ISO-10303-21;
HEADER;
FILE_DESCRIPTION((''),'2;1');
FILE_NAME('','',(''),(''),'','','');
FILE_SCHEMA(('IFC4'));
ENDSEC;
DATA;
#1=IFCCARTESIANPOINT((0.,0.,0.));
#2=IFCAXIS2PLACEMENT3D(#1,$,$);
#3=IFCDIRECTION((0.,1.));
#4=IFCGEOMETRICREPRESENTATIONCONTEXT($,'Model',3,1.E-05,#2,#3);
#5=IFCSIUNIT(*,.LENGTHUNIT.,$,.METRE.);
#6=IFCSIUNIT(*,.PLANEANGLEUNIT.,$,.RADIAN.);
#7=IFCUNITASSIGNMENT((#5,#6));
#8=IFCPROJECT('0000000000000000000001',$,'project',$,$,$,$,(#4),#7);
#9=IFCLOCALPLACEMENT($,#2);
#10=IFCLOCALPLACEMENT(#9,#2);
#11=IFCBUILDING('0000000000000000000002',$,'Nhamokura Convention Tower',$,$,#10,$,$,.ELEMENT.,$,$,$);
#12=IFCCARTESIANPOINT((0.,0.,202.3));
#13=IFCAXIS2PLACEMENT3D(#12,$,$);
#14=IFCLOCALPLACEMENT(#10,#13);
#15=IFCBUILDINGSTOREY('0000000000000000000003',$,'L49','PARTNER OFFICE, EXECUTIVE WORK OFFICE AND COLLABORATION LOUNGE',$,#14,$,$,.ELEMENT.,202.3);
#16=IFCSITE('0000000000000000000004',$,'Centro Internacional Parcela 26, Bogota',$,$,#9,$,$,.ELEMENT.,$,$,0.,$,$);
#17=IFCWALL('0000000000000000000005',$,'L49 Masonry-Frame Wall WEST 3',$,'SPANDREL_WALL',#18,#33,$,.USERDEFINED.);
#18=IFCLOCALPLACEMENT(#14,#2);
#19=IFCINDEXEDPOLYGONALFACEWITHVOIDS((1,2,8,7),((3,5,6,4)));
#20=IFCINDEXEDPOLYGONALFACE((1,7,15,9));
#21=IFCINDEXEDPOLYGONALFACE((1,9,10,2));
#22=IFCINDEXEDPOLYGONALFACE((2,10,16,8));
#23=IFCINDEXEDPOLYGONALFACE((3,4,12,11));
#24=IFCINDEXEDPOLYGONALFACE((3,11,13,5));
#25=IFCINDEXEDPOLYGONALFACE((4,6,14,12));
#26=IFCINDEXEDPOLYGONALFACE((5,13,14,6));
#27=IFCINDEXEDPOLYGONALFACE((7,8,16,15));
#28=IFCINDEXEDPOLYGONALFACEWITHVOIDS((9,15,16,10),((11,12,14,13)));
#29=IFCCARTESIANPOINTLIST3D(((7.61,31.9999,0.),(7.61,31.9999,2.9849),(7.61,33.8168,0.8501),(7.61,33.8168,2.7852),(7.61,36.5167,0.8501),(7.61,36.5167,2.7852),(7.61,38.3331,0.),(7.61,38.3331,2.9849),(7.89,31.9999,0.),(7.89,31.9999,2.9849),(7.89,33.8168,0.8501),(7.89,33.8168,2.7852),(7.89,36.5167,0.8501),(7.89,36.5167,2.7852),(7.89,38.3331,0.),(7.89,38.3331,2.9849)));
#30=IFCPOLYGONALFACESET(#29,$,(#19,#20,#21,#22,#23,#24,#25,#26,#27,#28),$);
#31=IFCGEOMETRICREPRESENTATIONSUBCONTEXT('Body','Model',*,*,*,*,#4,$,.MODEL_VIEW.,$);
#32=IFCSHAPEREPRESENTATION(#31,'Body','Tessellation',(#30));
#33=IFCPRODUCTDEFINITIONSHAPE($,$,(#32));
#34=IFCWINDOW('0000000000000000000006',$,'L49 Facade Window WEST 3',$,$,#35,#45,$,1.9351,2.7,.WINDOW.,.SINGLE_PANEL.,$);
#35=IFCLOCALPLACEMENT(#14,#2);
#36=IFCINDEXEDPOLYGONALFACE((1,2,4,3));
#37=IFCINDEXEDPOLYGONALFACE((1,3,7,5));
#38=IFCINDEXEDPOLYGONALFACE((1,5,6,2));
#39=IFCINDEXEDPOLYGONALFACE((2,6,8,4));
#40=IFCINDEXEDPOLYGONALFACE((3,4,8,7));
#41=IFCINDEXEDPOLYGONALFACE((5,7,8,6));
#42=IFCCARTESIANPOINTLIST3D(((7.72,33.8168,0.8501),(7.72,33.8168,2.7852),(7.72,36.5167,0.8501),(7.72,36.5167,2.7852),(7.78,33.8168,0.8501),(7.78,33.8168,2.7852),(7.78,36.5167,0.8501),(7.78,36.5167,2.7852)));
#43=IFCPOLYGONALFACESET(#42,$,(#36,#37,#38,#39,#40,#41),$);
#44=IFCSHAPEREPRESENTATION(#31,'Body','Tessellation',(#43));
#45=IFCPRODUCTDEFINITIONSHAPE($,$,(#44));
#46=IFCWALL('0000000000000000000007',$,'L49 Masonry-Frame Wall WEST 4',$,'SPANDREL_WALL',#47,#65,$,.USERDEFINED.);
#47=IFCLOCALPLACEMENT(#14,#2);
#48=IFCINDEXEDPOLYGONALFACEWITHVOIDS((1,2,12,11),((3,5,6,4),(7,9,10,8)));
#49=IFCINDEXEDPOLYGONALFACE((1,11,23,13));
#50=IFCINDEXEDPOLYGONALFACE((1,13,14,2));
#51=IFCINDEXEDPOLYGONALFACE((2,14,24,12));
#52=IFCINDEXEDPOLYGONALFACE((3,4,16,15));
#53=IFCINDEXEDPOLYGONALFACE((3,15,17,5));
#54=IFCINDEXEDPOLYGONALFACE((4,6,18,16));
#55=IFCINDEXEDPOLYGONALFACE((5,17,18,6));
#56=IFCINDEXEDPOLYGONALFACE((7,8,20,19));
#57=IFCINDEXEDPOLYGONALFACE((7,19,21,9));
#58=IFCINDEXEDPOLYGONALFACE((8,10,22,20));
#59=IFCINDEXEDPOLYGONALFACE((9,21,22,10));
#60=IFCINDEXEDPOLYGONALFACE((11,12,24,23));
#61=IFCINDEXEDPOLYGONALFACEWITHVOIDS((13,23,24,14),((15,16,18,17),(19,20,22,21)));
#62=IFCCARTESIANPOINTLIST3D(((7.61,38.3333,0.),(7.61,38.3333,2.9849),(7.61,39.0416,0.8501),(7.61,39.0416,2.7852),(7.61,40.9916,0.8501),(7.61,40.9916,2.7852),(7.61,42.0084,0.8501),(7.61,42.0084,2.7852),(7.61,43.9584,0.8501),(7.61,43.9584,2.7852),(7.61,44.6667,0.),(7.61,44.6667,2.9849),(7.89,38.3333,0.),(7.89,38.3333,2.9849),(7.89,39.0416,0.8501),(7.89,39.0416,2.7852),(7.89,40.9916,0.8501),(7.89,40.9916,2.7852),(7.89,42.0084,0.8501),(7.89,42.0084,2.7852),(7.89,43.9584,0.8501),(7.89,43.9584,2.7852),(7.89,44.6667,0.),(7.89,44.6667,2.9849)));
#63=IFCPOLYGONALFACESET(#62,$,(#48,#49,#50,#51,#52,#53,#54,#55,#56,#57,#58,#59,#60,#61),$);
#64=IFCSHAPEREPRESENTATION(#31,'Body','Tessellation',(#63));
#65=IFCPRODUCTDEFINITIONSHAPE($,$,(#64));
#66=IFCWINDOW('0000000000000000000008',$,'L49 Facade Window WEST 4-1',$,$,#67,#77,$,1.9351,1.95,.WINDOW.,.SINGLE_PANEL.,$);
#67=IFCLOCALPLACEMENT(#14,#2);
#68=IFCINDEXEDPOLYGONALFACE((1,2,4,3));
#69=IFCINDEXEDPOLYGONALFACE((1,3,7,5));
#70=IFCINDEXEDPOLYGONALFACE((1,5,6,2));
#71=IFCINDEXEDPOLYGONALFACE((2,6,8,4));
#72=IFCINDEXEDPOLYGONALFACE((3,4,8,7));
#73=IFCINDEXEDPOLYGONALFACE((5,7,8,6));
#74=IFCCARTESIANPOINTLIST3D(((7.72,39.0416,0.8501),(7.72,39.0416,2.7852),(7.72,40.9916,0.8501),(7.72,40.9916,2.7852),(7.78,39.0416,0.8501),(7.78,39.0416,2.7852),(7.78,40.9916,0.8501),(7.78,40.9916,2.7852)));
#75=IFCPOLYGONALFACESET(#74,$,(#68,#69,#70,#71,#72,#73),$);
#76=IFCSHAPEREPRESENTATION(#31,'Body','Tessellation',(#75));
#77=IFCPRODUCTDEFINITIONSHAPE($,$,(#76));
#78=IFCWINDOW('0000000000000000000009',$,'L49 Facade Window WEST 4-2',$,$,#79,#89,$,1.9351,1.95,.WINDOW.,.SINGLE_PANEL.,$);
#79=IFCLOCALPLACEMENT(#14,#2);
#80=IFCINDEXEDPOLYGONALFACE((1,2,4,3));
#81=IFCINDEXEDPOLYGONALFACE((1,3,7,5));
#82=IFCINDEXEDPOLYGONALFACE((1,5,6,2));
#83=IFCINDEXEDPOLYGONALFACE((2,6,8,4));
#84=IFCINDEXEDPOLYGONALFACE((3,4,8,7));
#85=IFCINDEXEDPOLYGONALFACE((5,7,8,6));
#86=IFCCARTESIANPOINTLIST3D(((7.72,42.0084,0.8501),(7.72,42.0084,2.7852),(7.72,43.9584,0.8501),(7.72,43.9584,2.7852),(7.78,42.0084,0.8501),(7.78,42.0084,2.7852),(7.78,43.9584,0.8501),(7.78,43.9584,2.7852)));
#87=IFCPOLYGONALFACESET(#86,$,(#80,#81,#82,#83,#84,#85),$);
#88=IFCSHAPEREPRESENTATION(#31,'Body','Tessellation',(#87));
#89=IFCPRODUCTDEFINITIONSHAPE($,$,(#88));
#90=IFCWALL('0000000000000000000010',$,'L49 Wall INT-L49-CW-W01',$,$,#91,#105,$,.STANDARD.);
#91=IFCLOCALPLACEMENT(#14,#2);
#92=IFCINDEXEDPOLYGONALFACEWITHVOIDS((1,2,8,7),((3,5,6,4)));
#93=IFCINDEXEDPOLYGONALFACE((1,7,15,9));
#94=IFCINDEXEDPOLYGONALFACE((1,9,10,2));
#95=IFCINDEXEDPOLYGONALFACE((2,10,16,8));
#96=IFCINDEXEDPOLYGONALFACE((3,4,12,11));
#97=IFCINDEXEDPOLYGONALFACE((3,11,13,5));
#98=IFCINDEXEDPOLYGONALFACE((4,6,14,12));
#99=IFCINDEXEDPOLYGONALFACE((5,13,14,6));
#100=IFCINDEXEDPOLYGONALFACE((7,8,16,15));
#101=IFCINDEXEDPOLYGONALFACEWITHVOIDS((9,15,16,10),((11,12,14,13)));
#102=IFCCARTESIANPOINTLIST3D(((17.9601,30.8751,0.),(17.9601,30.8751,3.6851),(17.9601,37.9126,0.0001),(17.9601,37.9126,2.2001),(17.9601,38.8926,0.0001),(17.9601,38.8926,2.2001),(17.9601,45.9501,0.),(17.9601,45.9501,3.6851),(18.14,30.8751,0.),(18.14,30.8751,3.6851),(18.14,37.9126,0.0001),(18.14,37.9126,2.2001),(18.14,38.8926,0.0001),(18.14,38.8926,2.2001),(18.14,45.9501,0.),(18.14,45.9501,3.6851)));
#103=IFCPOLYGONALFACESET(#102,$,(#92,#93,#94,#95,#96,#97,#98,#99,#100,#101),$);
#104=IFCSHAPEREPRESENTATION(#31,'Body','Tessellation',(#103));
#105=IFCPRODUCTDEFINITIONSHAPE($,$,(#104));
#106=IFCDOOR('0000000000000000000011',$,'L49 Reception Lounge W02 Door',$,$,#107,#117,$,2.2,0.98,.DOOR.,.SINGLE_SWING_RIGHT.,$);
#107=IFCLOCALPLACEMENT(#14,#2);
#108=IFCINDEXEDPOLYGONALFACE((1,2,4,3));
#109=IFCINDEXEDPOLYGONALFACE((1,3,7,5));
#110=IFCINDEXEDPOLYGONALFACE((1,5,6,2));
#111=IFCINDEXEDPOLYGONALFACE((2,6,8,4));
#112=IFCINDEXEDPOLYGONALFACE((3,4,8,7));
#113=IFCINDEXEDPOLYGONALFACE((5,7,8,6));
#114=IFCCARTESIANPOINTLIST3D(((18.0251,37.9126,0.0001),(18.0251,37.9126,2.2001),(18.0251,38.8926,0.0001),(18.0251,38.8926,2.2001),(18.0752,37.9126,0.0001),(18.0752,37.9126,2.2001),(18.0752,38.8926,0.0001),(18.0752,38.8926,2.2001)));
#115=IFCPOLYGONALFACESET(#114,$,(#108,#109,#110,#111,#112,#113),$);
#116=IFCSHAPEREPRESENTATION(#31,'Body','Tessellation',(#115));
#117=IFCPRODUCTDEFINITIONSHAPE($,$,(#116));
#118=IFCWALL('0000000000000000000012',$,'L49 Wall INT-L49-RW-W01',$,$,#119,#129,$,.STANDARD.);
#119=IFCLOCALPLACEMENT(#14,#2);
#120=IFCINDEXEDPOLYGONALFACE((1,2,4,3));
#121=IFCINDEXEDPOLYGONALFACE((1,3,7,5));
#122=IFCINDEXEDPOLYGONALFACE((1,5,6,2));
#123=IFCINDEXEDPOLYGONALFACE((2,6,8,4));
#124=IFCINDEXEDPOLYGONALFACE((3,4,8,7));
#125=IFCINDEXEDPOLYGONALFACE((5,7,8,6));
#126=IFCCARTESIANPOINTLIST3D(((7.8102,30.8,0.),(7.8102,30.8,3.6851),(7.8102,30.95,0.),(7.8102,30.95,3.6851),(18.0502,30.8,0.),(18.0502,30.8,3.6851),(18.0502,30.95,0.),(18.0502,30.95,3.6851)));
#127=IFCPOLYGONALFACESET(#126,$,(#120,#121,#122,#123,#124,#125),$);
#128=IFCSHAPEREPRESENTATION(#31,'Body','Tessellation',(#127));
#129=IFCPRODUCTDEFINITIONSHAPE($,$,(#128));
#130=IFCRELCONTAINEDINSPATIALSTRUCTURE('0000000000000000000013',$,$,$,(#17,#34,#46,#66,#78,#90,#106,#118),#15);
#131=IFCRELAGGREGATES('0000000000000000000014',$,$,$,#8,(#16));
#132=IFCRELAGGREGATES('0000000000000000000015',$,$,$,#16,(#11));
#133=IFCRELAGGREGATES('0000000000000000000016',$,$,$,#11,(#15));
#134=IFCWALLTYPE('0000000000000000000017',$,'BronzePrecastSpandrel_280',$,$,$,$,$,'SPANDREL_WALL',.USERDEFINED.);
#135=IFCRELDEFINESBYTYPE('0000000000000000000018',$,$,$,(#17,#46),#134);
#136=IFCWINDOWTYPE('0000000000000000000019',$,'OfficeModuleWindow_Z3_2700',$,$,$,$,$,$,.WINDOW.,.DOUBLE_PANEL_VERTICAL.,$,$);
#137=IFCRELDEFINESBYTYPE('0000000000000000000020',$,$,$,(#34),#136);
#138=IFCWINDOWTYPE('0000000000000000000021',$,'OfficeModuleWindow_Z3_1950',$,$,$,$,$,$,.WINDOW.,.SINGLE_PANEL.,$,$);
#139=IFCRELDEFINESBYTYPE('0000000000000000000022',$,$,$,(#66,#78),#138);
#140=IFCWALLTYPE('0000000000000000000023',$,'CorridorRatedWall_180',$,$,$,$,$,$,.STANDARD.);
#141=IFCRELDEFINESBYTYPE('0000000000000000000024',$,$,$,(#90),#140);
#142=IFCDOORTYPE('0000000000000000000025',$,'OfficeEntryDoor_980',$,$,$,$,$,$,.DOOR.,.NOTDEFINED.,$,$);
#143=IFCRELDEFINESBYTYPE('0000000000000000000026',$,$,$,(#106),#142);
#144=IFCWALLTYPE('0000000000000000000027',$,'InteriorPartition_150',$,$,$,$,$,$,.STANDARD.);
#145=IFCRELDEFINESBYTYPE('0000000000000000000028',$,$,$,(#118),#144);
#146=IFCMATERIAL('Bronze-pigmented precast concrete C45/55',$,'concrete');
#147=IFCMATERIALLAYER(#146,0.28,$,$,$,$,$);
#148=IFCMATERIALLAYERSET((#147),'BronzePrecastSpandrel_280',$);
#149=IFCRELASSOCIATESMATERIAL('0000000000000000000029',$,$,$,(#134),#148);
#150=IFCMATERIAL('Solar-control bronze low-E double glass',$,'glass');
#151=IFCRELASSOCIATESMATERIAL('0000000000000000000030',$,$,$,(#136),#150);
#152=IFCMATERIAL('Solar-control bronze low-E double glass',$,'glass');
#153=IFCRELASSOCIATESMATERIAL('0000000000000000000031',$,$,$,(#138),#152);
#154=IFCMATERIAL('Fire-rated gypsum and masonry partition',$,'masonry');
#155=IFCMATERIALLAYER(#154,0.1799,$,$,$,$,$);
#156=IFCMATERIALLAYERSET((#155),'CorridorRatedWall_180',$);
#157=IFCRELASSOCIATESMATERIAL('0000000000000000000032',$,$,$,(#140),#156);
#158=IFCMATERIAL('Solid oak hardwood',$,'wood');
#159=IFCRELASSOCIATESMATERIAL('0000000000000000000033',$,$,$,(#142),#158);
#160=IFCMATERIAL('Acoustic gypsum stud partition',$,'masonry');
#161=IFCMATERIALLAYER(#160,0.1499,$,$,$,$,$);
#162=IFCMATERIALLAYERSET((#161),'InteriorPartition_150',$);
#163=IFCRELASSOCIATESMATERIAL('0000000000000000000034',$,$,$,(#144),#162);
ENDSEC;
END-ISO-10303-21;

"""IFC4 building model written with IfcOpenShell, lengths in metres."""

from ifc_helpers import new_model, si_unit, direction, frame, frame_2d, origin, place, context, subcontext, project, spatial, rectangle, extrude, material, layer, layer_set, type_object, element, fill, save


model = new_model("IFC4")

# Units and contexts
model_context = context("Model", 3, precision=1e-05, world=origin(), true_north=direction((0.0, 1.0)))
body_context = subcontext(model_context, "Body", "Model", "MODEL_VIEW")
ifc_project = project(units=[si_unit("LENGTHUNIT", "METRE"), si_unit("PLANEANGLEUNIT", "RADIAN")], contexts=[model_context])

# Site, building, storey
site_placement = place(None, origin())
site = spatial("IfcSite", under=ifc_project, at=site_placement, Name="Centro Internacional Parcela 26, Bogota", CompositionType="ELEMENT", RefElevation=0.0)
building_placement = place(site_placement, origin())
building = spatial("IfcBuilding", under=site, at=building_placement, Name="Nhamokura Convention Tower", CompositionType="ELEMENT")
storey_placement = place(building_placement, frame((0.0, 0.0, 202.3)))
storey = spatial("IfcBuildingStorey", under=building, at=storey_placement, Name="L49", Description="PARTNER OFFICE, EXECUTIVE WORK OFFICE AND COLLABORATION LOUNGE", CompositionType="ELEMENT", Elevation=202.3)

# Wall, opening, window
ifc_material_1 = material(Name="Bronze-pigmented precast concrete C45/55", Category="concrete")
ifc_layer_1 = layer(ifc_material_1, 0.28)
ifc_layer_set_1 = layer_set([ifc_layer_1], Name="BronzePrecastSpandrel_280")
wall_type_1 = type_object("IfcWallType", Name="BronzePrecastSpandrel_280", ElementType="SPANDREL_WALL", PredefinedType="USERDEFINED", material=ifc_layer_set_1)
wall_1_placement = place(storey_placement, frame((7.75, 32.0, 0.0), z_axis=(0.0, 0.0, 1.0), x_axis=(0.0, 1.0, 0.0)))
wall_1 = element("IfcWall", 1, at=wall_1_placement, inside=storey, type_object=wall_type_1, Name="L49 Masonry-Frame Wall WEST 3", ObjectType="SPANDREL_WALL", PredefinedType="USERDEFINED", context=body_context, shape_type="SweptSolid", body=[
    extrude(rectangle(XDim=6.3333, YDim=0.28, at=frame_2d((3.1665, 0.0))), origin(), (0.0, 0.0, 1.0), 2.9849),
])
opening_1_placement = place(wall_1_placement, frame((1.8167, 0.0, 0.8501)))
opening_1 = element("IfcOpeningElement", 2, at=opening_1_placement, cuts=wall_1, PredefinedType="OPENING", context=body_context, shape_type="SweptSolid", body=[
    extrude(rectangle(XDim=2.7, YDim=1.9351, at=frame_2d((1.3501, 0.9675))), frame((0.0, 0.1499, 0.0), z_axis=(0.0, -1.0, 0.0), x_axis=(1.0, 0.0, 0.0)), (0.0, 0.0, 1.0), 0.3),
])
ifc_material_2 = material(Name="Solar-control bronze low-E double glass", Category="glass")
window_type_1 = type_object("IfcWindowType", Name="OfficeModuleWindow_Z3_2700", PartitioningType="DOUBLE_PANEL_VERTICAL", PredefinedType="WINDOW", material=ifc_material_2)
window_1_placement = place(opening_1_placement, origin())
window_1 = element("IfcWindow", 3, at=window_1_placement, inside=storey, type_object=window_type_1, Name="L49 Facade Window WEST 3", OverallHeight=1.9351, OverallWidth=2.7, PartitioningType="SINGLE_PANEL", PredefinedType="WINDOW", context=body_context, shape_type="SweptSolid", body=[
    extrude(rectangle(XDim=2.7, YDim=1.9351, at=frame_2d((1.3501, 0.9675))), frame((0.0, 0.03, 0.0), z_axis=(0.0, -1.0, 0.0), x_axis=(1.0, 0.0, 0.0)), (0.0, 0.0, 1.0), 0.0601),
])
fill(opening_1, window_1)

# Wall, openings, windows
wall_2_placement = place(storey_placement, frame((7.75, 38.3333, 0.0), z_axis=(0.0, 0.0, 1.0), x_axis=(0.0, 1.0, 0.0)))
wall_2 = element("IfcWall", 4, at=wall_2_placement, inside=storey, type_object=wall_type_1, Name="L49 Masonry-Frame Wall WEST 4", ObjectType="SPANDREL_WALL", PredefinedType="USERDEFINED", context=body_context, shape_type="SweptSolid", body=[
    extrude(rectangle(XDim=6.3335, YDim=0.28, at=frame_2d((3.1667, 0.0))), origin(), (0.0, 0.0, 1.0), 2.9849),
])
opening_2_placement = place(wall_2_placement, frame((0.7083, 0.0, 0.8501)))
opening_2 = element("IfcOpeningElement", 5, at=opening_2_placement, cuts=wall_2, PredefinedType="OPENING", context=body_context, shape_type="SweptSolid", body=[
    extrude(rectangle(XDim=1.95, YDim=1.9351, at=frame_2d((0.9751, 0.9675))), frame((0.0, 0.1499, 0.0), z_axis=(0.0, -1.0, 0.0), x_axis=(1.0, 0.0, 0.0)), (0.0, 0.0, 1.0), 0.3),
])
opening_3_placement = place(wall_2_placement, frame((3.675, 0.0, 0.8501)))
opening_3 = element("IfcOpeningElement", 6, at=opening_3_placement, cuts=wall_2, PredefinedType="OPENING", context=body_context, shape_type="SweptSolid", body=[
    extrude(rectangle(XDim=1.95, YDim=1.9351, at=frame_2d((0.9751, 0.9675))), frame((0.0, 0.1499, 0.0), z_axis=(0.0, -1.0, 0.0), x_axis=(1.0, 0.0, 0.0)), (0.0, 0.0, 1.0), 0.3),
])
ifc_material_3 = material(Name="Solar-control bronze low-E double glass", Category="glass")
window_type_2 = type_object("IfcWindowType", Name="OfficeModuleWindow_Z3_1950", PartitioningType="SINGLE_PANEL", PredefinedType="WINDOW", material=ifc_material_3)
window_2_placement = place(opening_2_placement, origin())
window_2 = element("IfcWindow", 7, at=window_2_placement, inside=storey, type_object=window_type_2, Name="L49 Facade Window WEST 4-1", OverallHeight=1.9351, OverallWidth=1.95, PartitioningType="SINGLE_PANEL", PredefinedType="WINDOW", context=body_context, shape_type="SweptSolid", body=[
    extrude(rectangle(XDim=1.95, YDim=1.9351, at=frame_2d((0.9751, 0.9675))), frame((0.0, 0.03, 0.0), z_axis=(0.0, -1.0, 0.0), x_axis=(1.0, 0.0, 0.0)), (0.0, 0.0, 1.0), 0.0601),
])
fill(opening_2, window_2)
window_3_placement = place(opening_3_placement, origin())
window_3 = element("IfcWindow", 8, at=window_3_placement, inside=storey, type_object=window_type_2, Name="L49 Facade Window WEST 4-2", OverallHeight=1.9351, OverallWidth=1.95, PartitioningType="SINGLE_PANEL", PredefinedType="WINDOW", context=body_context, shape_type="SweptSolid", body=[
    extrude(rectangle(XDim=1.95, YDim=1.9351, at=frame_2d((0.9751, 0.9675))), frame((0.0, 0.03, 0.0), z_axis=(0.0, -1.0, 0.0), x_axis=(1.0, 0.0, 0.0)), (0.0, 0.0, 1.0), 0.0601),
])
fill(opening_3, window_3)

# Wall, opening, door
ifc_material_4 = material(Name="Fire-rated gypsum and masonry partition", Category="masonry")
ifc_layer_2 = layer(ifc_material_4, 0.1799)
ifc_layer_set_2 = layer_set([ifc_layer_2], Name="CorridorRatedWall_180")
wall_type_2 = type_object("IfcWallType", Name="CorridorRatedWall_180", PredefinedType="STANDARD", material=ifc_layer_set_2)
wall_3_placement = place(storey_placement, frame((18.05, 30.875, 0.0), z_axis=(0.0, 0.0, 1.0), x_axis=(0.0, 1.0, 0.0)))
wall_3 = element("IfcWall", 9, at=wall_3_placement, inside=storey, type_object=wall_type_2, Name="L49 Wall INT-L49-CW-W01", PredefinedType="STANDARD", context=body_context, shape_type="SweptSolid", body=[
    extrude(rectangle(XDim=15.075, YDim=0.1799, at=frame_2d((7.5376, 0.0))), origin(), (0.0, 0.0, 1.0), 3.6851),
])
opening_4_placement = place(wall_3_placement, frame((7.0376, 0.0, 0.0)))
opening_4 = element("IfcOpeningElement", 10, at=opening_4_placement, cuts=wall_3, PredefinedType="OPENING", context=body_context, shape_type="SweptSolid", body=[
    extrude(rectangle(XDim=0.98, YDim=2.2, at=frame_2d((0.49, 1.1001))), frame((0.0, 0.0999, 0.0), z_axis=(0.0, -1.0, 0.0), x_axis=(1.0, 0.0, 0.0)), (0.0, 0.0, 1.0), 0.2),
])
ifc_material_5 = material(Name="Solid oak hardwood", Category="wood")
door_type = type_object("IfcDoorType", Name="OfficeEntryDoor_980", OperationType="NOTDEFINED", PredefinedType="DOOR", material=ifc_material_5)
door_placement = place(opening_4_placement, origin())
door = element("IfcDoor", 11, at=door_placement, inside=storey, type_object=door_type, Name="L49 Reception Lounge W02 Door", OperationType="SINGLE_SWING_RIGHT", OverallHeight=2.2, OverallWidth=0.98, PredefinedType="DOOR", context=body_context, shape_type="SweptSolid", body=[
    extrude(rectangle(XDim=0.98, YDim=2.2, at=frame_2d((0.49, 1.1001))), frame((0.0, 0.0249, 0.0), z_axis=(0.0, -1.0, 0.0), x_axis=(1.0, 0.0, 0.0)), (0.0, 0.0, 1.0), 0.05),
])
fill(opening_4, door)

# Wall
ifc_material_6 = material(Name="Acoustic gypsum stud partition", Category="masonry")
ifc_layer_3 = layer(ifc_material_6, 0.1499)
ifc_layer_set_3 = layer_set([ifc_layer_3], Name="InteriorPartition_150")
wall_type_3 = type_object("IfcWallType", Name="InteriorPartition_150", PredefinedType="STANDARD", material=ifc_layer_set_3)
wall_4_placement = place(storey_placement, frame((7.8101, 30.875, 0.0), z_axis=(0.0, 0.0, 1.0), x_axis=(1.0, 0.0, 0.0)))
element("IfcWall", 12, at=wall_4_placement, inside=storey, type_object=wall_type_3, Name="L49 Wall INT-L49-RW-W01", PredefinedType="STANDARD", context=body_context, shape_type="SweptSolid", body=[
    extrude(rectangle(XDim=10.24, YDim=0.1499, at=frame_2d((5.1201, 0.0))), origin(), (0.0, 0.0, 1.0), 3.6851),
])

save(model, "model.ifc")
